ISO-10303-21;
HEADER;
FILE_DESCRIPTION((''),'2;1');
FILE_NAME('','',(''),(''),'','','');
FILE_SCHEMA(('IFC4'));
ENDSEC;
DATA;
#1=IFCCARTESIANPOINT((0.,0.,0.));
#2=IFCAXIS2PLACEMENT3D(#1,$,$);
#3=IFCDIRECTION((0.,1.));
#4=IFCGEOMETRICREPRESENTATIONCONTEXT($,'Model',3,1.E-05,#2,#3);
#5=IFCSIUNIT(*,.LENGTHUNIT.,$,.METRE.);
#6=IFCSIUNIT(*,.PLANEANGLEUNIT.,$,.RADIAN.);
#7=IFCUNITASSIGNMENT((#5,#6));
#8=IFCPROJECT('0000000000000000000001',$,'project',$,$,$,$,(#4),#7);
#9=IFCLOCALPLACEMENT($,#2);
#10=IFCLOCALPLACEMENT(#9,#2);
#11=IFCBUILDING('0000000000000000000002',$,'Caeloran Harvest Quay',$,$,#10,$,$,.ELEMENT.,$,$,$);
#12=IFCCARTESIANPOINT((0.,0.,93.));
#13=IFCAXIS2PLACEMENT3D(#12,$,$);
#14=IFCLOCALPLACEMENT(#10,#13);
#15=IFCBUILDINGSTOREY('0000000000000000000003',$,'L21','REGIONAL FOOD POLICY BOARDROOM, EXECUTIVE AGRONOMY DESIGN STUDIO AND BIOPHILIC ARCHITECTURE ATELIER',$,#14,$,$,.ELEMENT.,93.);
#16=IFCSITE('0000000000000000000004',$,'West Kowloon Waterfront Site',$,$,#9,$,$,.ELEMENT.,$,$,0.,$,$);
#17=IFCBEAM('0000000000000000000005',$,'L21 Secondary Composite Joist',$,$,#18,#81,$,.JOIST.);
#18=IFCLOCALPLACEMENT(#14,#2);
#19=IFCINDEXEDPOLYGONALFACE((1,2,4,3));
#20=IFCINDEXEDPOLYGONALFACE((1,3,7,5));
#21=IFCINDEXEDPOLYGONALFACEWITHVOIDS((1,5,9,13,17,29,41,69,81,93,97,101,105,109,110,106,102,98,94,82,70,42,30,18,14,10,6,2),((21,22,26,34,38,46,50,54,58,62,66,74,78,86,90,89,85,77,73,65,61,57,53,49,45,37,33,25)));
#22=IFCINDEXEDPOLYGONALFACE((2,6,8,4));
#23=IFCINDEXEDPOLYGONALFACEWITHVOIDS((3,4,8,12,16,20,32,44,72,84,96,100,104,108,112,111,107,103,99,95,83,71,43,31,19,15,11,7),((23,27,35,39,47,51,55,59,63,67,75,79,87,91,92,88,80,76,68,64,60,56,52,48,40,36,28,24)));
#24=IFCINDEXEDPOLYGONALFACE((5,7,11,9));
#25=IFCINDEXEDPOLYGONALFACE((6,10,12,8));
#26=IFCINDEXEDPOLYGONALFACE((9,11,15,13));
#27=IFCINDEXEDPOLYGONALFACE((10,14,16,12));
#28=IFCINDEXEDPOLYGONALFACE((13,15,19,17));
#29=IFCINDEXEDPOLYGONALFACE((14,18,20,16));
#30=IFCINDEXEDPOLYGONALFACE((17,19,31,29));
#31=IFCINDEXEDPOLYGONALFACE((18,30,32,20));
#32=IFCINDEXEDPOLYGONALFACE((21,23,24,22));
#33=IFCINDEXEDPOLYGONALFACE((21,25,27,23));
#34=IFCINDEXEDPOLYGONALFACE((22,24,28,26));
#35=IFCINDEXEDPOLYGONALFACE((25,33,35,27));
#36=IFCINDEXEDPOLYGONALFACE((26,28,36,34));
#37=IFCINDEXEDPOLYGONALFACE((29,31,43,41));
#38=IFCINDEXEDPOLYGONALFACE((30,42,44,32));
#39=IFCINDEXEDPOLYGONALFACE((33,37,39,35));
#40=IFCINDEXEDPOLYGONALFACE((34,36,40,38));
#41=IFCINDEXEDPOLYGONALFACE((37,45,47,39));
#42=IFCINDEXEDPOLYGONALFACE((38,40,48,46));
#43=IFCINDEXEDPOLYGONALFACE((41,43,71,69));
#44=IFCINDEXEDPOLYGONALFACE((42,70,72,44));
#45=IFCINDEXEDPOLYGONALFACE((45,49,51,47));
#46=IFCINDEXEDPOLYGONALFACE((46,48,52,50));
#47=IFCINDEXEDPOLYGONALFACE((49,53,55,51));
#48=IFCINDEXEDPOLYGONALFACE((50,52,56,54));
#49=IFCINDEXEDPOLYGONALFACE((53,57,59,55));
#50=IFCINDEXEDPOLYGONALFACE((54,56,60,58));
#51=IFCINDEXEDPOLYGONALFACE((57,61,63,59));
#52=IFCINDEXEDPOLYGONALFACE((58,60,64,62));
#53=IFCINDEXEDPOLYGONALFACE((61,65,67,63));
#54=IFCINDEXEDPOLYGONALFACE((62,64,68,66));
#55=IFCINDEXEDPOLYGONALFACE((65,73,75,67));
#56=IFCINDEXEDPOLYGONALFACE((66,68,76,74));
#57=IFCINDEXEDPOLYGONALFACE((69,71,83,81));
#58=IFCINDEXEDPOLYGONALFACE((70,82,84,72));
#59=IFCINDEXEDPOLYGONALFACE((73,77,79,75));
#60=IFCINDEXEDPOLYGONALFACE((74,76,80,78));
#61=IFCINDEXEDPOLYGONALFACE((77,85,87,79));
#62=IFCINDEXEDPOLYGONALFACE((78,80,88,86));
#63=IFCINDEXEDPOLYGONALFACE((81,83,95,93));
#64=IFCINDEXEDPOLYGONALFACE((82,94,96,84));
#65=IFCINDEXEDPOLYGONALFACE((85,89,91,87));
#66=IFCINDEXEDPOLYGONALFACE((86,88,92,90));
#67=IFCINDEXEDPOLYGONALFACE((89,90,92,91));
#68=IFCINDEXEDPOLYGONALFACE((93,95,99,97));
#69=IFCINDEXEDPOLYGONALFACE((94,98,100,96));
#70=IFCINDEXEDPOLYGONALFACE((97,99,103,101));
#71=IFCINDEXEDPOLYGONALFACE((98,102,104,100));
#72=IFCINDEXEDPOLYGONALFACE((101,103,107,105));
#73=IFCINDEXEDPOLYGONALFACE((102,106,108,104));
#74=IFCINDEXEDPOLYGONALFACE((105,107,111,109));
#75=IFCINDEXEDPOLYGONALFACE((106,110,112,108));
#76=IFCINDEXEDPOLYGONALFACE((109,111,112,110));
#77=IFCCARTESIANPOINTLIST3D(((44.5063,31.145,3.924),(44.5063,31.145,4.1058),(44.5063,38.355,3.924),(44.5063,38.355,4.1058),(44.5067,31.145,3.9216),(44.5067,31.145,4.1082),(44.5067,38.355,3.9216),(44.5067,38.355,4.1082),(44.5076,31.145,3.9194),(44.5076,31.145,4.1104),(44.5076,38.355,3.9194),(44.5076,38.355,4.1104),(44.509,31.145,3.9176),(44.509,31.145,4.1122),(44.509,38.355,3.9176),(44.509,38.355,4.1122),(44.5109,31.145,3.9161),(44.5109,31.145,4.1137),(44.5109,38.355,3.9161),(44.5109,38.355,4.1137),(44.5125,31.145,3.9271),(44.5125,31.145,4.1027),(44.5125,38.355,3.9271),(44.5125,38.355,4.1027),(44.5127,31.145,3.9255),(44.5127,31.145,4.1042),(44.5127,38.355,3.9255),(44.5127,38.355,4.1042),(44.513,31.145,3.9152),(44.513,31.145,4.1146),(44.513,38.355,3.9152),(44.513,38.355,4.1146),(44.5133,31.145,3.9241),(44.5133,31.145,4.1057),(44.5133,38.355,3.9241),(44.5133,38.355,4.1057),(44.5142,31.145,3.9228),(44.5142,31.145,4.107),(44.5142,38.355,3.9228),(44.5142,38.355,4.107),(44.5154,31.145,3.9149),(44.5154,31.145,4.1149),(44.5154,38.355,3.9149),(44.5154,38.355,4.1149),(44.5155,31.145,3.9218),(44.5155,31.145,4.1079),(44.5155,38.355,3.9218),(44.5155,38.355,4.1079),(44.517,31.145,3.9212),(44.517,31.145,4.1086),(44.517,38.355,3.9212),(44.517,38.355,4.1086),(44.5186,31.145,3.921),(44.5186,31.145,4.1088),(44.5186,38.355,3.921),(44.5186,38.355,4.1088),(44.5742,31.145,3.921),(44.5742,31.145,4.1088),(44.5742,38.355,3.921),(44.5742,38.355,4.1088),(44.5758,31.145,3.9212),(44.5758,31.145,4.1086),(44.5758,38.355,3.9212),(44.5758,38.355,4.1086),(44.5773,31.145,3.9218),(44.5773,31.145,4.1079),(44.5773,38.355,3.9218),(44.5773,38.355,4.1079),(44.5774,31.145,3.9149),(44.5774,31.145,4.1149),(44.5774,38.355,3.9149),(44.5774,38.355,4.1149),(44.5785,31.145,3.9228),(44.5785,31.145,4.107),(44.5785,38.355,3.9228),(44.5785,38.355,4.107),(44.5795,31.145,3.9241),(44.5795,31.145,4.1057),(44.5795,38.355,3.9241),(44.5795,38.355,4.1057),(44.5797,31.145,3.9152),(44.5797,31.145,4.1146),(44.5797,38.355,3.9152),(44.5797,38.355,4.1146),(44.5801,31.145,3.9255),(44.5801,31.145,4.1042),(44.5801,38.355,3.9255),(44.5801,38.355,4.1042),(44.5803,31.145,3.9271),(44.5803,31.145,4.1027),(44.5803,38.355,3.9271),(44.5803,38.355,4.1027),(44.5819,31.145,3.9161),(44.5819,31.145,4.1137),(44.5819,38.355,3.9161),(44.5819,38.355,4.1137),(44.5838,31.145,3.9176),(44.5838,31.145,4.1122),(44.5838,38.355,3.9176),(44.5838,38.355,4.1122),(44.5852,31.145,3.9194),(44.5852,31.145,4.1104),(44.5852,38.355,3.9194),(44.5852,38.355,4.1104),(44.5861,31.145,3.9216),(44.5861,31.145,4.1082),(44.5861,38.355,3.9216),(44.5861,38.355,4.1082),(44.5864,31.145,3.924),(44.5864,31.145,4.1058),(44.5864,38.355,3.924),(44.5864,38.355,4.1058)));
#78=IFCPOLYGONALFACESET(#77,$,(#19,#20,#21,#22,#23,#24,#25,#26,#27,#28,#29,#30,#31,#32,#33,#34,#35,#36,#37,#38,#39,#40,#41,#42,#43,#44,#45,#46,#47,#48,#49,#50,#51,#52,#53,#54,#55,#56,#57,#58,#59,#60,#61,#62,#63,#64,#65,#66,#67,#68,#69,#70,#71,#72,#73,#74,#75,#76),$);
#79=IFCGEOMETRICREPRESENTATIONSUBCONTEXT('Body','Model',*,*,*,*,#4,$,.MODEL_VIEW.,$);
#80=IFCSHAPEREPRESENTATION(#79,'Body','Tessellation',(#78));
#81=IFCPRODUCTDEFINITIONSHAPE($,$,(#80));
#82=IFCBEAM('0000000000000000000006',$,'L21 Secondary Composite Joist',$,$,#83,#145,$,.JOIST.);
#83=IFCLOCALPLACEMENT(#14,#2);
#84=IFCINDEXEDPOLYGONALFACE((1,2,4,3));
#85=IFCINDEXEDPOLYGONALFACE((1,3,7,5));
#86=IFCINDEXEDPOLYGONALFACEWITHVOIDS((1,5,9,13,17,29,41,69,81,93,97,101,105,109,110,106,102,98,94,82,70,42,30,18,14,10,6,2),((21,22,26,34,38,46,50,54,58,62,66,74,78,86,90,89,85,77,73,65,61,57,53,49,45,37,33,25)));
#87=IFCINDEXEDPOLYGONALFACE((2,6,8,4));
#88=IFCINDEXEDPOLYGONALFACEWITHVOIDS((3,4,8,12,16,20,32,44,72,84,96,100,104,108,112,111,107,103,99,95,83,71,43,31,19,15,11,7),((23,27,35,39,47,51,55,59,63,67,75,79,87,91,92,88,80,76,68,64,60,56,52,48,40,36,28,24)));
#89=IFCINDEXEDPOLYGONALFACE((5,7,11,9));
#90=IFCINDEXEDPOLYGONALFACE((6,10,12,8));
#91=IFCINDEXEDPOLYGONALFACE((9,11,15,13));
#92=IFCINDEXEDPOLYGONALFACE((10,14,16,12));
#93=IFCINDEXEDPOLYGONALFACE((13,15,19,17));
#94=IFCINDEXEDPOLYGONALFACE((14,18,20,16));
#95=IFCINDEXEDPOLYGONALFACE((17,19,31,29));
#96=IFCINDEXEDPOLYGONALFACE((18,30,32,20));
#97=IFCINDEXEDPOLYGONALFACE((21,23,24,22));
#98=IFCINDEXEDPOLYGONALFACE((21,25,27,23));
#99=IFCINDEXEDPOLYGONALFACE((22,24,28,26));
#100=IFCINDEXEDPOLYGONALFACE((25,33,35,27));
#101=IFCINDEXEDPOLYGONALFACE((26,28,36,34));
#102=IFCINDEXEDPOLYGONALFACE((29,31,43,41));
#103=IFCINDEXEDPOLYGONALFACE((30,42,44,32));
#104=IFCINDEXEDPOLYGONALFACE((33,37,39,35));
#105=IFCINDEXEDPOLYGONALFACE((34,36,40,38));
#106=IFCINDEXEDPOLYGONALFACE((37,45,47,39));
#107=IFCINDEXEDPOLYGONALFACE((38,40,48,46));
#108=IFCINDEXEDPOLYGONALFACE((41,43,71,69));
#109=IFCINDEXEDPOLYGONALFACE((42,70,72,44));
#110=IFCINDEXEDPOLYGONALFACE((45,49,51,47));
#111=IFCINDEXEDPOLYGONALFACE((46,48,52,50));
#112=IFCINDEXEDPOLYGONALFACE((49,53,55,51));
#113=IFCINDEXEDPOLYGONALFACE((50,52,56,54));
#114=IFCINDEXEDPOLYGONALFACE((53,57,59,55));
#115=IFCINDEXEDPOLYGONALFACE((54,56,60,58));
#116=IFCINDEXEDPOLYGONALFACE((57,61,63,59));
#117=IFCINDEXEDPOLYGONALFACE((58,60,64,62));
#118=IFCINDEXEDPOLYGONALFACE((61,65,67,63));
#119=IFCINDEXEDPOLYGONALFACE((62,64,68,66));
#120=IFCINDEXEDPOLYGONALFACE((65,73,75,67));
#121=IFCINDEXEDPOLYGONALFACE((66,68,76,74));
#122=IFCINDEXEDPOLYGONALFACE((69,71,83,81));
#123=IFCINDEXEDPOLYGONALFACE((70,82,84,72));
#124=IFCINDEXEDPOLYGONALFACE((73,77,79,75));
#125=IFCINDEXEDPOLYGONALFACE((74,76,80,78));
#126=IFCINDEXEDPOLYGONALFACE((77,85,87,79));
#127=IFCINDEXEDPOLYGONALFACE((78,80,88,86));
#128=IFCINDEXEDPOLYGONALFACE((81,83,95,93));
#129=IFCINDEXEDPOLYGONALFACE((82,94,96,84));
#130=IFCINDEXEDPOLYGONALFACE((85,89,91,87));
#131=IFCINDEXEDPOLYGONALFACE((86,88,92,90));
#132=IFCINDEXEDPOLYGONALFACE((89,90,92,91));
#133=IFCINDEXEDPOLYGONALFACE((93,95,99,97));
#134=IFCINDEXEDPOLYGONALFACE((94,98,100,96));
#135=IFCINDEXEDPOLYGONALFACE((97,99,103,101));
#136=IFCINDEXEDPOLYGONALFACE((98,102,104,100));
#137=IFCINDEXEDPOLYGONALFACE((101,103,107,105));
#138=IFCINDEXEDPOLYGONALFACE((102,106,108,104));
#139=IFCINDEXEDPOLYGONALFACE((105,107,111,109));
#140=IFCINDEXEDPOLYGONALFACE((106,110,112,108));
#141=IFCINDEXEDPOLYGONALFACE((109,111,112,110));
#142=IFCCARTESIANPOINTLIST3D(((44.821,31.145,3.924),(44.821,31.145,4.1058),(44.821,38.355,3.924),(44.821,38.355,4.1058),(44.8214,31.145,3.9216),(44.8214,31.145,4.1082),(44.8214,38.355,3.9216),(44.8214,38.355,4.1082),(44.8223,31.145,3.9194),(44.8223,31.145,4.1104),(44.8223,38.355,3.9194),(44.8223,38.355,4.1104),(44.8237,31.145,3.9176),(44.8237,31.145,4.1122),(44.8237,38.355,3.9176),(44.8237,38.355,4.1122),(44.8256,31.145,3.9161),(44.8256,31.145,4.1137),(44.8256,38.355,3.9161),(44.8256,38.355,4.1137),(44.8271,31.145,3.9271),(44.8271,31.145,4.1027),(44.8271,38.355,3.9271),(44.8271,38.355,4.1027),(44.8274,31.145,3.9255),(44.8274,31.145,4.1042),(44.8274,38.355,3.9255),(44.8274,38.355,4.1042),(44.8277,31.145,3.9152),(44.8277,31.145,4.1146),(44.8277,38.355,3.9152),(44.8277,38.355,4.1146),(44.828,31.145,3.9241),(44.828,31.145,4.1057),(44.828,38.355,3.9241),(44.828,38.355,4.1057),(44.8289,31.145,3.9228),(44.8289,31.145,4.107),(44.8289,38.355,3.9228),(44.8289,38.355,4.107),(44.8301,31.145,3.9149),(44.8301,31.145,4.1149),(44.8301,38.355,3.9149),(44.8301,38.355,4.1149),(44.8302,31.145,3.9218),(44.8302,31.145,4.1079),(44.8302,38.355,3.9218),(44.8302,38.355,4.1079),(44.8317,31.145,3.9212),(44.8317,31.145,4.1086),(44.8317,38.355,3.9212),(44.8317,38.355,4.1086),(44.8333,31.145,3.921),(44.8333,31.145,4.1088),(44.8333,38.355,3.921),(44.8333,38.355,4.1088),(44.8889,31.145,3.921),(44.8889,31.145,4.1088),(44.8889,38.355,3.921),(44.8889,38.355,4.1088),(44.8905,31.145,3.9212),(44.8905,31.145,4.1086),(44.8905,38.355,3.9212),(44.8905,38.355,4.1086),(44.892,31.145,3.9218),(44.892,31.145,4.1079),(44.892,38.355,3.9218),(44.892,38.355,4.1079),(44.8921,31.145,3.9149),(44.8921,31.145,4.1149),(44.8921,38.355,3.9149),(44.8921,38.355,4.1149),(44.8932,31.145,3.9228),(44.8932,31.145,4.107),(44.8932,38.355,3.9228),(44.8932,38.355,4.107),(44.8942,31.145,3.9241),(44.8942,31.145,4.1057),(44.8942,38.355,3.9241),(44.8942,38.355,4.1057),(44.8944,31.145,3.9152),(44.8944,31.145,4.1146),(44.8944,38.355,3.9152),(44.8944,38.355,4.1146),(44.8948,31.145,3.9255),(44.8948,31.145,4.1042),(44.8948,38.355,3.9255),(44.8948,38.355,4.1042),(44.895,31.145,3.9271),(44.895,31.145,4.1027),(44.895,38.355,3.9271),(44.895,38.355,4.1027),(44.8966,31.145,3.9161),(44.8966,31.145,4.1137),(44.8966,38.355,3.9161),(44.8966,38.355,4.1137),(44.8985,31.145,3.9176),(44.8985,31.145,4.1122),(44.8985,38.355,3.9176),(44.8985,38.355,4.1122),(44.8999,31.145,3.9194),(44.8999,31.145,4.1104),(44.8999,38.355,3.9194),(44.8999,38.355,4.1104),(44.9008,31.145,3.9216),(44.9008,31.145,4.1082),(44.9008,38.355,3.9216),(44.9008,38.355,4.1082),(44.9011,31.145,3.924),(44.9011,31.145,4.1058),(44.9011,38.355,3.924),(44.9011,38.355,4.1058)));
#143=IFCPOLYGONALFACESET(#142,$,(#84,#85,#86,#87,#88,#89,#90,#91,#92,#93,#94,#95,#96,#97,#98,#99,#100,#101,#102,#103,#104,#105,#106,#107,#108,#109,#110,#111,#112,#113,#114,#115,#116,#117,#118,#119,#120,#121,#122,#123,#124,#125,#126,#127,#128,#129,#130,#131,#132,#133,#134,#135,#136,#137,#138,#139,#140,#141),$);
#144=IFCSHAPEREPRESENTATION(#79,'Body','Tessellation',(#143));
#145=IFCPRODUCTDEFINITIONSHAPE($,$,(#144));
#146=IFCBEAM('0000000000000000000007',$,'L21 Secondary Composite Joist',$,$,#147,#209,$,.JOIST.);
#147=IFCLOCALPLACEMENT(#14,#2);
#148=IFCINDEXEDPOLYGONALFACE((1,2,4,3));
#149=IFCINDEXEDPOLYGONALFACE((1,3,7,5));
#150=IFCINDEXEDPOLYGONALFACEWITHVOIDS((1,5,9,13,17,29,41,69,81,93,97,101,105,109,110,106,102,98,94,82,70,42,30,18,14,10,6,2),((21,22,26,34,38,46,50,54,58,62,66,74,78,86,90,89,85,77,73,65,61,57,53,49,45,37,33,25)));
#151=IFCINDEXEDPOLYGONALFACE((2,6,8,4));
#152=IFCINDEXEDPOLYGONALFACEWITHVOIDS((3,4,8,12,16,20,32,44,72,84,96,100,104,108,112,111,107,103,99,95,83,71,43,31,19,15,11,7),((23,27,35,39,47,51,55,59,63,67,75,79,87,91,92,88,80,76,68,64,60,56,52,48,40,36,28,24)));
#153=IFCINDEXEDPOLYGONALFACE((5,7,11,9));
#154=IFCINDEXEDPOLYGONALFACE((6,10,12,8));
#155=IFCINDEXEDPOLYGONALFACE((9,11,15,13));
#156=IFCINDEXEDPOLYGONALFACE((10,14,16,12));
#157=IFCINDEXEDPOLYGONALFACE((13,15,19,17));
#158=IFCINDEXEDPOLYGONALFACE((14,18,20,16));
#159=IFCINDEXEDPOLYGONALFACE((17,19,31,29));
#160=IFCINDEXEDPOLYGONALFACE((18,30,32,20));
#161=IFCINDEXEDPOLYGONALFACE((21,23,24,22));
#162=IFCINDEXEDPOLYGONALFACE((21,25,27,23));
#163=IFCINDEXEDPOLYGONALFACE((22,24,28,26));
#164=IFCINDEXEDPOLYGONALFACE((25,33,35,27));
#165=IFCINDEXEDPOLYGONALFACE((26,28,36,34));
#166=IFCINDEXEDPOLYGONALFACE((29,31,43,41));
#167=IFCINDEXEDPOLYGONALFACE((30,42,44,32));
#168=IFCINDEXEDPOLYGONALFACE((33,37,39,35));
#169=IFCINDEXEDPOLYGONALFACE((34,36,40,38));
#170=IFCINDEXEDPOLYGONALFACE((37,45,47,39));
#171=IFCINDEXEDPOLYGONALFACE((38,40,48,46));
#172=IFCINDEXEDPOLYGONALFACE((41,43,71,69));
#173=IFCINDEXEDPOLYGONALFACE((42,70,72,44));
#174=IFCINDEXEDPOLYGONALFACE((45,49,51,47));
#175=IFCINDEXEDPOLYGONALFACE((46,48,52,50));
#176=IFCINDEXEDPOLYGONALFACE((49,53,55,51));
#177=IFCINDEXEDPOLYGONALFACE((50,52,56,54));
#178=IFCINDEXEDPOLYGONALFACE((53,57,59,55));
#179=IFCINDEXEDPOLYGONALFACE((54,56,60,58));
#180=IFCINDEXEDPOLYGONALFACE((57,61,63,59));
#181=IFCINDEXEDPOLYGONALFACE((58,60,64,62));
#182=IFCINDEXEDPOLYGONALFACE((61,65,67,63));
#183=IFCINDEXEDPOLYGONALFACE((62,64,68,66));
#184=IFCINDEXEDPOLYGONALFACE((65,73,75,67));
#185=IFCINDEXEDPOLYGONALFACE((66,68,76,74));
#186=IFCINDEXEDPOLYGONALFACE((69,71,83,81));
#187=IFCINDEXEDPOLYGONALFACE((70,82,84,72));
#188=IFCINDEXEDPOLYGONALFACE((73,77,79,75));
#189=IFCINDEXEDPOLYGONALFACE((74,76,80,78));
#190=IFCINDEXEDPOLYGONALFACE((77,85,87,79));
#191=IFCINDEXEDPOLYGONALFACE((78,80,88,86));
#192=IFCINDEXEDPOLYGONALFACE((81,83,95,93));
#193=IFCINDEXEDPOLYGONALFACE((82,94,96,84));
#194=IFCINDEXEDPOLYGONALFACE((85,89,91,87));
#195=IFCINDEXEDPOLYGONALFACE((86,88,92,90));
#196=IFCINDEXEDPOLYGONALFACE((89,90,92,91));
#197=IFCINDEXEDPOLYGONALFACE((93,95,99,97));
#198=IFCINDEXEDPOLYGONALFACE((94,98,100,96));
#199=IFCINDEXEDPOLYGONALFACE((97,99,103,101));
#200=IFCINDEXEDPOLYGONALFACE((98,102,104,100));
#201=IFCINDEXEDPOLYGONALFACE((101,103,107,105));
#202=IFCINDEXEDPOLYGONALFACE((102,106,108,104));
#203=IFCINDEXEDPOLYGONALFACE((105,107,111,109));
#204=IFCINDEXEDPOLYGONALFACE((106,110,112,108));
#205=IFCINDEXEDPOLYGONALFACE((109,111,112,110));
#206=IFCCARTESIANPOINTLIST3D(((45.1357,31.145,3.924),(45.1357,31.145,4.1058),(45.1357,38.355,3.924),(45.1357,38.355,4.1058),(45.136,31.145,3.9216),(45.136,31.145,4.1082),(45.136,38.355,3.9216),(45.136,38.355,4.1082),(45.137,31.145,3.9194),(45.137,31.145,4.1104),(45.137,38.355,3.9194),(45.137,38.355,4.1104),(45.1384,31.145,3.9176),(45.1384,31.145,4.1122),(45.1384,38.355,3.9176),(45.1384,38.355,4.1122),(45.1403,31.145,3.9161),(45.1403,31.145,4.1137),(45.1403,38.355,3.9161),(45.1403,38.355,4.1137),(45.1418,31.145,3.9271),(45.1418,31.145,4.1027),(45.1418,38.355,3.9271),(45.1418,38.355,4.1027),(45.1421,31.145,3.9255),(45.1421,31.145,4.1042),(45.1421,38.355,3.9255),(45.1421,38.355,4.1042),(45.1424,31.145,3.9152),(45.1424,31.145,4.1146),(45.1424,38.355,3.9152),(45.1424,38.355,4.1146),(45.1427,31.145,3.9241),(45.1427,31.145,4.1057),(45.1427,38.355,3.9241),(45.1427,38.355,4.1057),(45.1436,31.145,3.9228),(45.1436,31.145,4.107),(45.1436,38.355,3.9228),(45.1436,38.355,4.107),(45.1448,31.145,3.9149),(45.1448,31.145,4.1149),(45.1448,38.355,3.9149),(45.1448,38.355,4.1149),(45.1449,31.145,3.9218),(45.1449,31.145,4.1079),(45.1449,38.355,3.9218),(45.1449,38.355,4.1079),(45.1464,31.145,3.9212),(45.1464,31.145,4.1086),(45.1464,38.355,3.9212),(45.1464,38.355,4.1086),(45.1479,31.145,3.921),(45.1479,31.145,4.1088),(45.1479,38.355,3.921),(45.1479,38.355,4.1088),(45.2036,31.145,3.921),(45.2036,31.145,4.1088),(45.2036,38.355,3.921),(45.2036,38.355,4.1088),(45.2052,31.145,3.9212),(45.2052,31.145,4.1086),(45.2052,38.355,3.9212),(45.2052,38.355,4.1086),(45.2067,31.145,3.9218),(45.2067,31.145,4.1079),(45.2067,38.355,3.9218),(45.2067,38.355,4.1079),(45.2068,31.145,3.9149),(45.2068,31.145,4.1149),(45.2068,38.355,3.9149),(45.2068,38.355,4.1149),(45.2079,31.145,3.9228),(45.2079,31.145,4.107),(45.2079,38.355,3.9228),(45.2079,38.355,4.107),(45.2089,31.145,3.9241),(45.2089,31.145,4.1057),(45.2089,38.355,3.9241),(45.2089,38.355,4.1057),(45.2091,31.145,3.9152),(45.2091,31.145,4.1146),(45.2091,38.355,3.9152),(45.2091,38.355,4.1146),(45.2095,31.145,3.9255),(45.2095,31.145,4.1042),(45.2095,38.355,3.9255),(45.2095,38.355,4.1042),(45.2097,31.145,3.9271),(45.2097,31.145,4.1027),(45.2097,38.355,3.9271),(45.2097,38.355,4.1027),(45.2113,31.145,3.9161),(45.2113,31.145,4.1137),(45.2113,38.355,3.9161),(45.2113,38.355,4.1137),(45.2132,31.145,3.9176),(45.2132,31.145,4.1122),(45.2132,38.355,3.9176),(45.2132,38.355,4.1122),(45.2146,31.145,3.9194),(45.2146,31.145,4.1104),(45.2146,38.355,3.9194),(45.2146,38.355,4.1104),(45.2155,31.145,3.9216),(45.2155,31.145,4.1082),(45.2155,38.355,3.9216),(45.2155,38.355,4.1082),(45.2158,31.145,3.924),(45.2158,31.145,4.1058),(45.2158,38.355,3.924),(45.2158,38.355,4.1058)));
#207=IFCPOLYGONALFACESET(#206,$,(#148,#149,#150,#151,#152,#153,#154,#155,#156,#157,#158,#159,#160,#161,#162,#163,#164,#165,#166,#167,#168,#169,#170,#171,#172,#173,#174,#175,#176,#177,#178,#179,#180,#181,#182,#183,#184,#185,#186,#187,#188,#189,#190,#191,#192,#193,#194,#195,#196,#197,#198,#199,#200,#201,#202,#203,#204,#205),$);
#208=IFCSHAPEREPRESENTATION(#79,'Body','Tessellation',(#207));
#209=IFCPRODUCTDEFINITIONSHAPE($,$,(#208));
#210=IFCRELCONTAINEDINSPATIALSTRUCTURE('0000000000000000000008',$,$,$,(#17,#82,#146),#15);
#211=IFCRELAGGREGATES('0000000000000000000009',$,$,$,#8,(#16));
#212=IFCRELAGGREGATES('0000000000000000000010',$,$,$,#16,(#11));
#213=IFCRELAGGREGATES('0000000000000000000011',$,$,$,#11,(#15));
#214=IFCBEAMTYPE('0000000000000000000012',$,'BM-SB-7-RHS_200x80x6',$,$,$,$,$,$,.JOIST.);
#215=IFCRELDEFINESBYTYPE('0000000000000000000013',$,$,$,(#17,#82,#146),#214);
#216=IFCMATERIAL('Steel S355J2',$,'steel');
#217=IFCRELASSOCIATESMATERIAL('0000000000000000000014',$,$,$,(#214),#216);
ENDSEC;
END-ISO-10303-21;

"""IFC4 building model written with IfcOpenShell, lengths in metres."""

from ifc_helpers import new_model, si_unit, direction, frame, origin, origin_2d, place, context, subcontext, project, spatial, hollow_rectangle, extrude, material, material_profile, profile_set, type_object, element, save


model = new_model("IFC4")

# Units and contexts
model_context = context("Model", 3, precision=1e-05, world=origin(), true_north=direction((0.0, 1.0)))
body_context = subcontext(model_context, "Body", "Model", "MODEL_VIEW")
ifc_project = project(units=[si_unit("LENGTHUNIT", "METRE"), si_unit("PLANEANGLEUNIT", "RADIAN")], contexts=[model_context])

# Site, building, storey
site_placement = place(None, origin())
site = spatial("IfcSite", under=ifc_project, at=site_placement, Name="West Kowloon Waterfront Site", CompositionType="ELEMENT", RefElevation=0.0)
building_placement = place(site_placement, origin())
building = spatial("IfcBuilding", under=site, at=building_placement, Name="Caeloran Harvest Quay", CompositionType="ELEMENT")
storey_placement = place(building_placement, frame((0.0, 0.0, 93.0)))
storey = spatial("IfcBuildingStorey", under=building, at=storey_placement, Name="L21", Description="REGIONAL FOOD POLICY BOARDROOM, EXECUTIVE AGRONOMY DESIGN STUDIO AND BIOPHILIC ARCHITECTURE ATELIER", CompositionType="ELEMENT", Elevation=93.0)

# Beams
ifc_material_1 = material(Name="Steel S355J2", Category="steel")
ifc_material_profile_1 = material_profile(ifc_material_1, hollow_rectangle(XDim=0.0801, YDim=0.2, WallThickness=0.0061, InnerFilletRadius=0.0061, OuterFilletRadius=0.009, at=origin_2d()), Name="RHS 200x80x6")
ifc_profile_set_1 = profile_set([ifc_material_profile_1], Name="Steel S355J2")
beam_type_1 = type_object("IfcBeamType", Name="BM-SB-7-RHS_200x80x6", PredefinedType="JOIST", material=ifc_profile_set_1)
for number, where, z_axis, x_axis, name in (
    (1, (44.5464, 31.145, 4.0149), (0.0, 1.0, 0.0), (-1.0, 0.0, 0.0), "L21 Secondary Composite Joist"),
    (2, (44.8611, 31.145, 4.0149), (0.0, 1.0, 0.0), (-1.0, 0.0, 0.0), "L21 Secondary Composite Joist"),
    (3, (45.1758, 31.145, 4.0149), (0.0, 1.0, 0.0), (-1.0, 0.0, 0.0), "L21 Secondary Composite Joist"),
):
    element("IfcBeam", number, at=place(storey_placement, frame(where, z_axis=z_axis, x_axis=x_axis)), inside=storey, type_object=beam_type_1, Name=name, PredefinedType="JOIST", context=body_context, shape_type="SweptSolid", body=[
        extrude(hollow_rectangle(XDim=0.0801, YDim=0.2, WallThickness=0.0061, InnerFilletRadius=0.0061, OuterFilletRadius=0.009, at=origin_2d()), origin(), (0.0, 0.0, 1.0), 7.21),
    ])

save(model, "model.ifc")
